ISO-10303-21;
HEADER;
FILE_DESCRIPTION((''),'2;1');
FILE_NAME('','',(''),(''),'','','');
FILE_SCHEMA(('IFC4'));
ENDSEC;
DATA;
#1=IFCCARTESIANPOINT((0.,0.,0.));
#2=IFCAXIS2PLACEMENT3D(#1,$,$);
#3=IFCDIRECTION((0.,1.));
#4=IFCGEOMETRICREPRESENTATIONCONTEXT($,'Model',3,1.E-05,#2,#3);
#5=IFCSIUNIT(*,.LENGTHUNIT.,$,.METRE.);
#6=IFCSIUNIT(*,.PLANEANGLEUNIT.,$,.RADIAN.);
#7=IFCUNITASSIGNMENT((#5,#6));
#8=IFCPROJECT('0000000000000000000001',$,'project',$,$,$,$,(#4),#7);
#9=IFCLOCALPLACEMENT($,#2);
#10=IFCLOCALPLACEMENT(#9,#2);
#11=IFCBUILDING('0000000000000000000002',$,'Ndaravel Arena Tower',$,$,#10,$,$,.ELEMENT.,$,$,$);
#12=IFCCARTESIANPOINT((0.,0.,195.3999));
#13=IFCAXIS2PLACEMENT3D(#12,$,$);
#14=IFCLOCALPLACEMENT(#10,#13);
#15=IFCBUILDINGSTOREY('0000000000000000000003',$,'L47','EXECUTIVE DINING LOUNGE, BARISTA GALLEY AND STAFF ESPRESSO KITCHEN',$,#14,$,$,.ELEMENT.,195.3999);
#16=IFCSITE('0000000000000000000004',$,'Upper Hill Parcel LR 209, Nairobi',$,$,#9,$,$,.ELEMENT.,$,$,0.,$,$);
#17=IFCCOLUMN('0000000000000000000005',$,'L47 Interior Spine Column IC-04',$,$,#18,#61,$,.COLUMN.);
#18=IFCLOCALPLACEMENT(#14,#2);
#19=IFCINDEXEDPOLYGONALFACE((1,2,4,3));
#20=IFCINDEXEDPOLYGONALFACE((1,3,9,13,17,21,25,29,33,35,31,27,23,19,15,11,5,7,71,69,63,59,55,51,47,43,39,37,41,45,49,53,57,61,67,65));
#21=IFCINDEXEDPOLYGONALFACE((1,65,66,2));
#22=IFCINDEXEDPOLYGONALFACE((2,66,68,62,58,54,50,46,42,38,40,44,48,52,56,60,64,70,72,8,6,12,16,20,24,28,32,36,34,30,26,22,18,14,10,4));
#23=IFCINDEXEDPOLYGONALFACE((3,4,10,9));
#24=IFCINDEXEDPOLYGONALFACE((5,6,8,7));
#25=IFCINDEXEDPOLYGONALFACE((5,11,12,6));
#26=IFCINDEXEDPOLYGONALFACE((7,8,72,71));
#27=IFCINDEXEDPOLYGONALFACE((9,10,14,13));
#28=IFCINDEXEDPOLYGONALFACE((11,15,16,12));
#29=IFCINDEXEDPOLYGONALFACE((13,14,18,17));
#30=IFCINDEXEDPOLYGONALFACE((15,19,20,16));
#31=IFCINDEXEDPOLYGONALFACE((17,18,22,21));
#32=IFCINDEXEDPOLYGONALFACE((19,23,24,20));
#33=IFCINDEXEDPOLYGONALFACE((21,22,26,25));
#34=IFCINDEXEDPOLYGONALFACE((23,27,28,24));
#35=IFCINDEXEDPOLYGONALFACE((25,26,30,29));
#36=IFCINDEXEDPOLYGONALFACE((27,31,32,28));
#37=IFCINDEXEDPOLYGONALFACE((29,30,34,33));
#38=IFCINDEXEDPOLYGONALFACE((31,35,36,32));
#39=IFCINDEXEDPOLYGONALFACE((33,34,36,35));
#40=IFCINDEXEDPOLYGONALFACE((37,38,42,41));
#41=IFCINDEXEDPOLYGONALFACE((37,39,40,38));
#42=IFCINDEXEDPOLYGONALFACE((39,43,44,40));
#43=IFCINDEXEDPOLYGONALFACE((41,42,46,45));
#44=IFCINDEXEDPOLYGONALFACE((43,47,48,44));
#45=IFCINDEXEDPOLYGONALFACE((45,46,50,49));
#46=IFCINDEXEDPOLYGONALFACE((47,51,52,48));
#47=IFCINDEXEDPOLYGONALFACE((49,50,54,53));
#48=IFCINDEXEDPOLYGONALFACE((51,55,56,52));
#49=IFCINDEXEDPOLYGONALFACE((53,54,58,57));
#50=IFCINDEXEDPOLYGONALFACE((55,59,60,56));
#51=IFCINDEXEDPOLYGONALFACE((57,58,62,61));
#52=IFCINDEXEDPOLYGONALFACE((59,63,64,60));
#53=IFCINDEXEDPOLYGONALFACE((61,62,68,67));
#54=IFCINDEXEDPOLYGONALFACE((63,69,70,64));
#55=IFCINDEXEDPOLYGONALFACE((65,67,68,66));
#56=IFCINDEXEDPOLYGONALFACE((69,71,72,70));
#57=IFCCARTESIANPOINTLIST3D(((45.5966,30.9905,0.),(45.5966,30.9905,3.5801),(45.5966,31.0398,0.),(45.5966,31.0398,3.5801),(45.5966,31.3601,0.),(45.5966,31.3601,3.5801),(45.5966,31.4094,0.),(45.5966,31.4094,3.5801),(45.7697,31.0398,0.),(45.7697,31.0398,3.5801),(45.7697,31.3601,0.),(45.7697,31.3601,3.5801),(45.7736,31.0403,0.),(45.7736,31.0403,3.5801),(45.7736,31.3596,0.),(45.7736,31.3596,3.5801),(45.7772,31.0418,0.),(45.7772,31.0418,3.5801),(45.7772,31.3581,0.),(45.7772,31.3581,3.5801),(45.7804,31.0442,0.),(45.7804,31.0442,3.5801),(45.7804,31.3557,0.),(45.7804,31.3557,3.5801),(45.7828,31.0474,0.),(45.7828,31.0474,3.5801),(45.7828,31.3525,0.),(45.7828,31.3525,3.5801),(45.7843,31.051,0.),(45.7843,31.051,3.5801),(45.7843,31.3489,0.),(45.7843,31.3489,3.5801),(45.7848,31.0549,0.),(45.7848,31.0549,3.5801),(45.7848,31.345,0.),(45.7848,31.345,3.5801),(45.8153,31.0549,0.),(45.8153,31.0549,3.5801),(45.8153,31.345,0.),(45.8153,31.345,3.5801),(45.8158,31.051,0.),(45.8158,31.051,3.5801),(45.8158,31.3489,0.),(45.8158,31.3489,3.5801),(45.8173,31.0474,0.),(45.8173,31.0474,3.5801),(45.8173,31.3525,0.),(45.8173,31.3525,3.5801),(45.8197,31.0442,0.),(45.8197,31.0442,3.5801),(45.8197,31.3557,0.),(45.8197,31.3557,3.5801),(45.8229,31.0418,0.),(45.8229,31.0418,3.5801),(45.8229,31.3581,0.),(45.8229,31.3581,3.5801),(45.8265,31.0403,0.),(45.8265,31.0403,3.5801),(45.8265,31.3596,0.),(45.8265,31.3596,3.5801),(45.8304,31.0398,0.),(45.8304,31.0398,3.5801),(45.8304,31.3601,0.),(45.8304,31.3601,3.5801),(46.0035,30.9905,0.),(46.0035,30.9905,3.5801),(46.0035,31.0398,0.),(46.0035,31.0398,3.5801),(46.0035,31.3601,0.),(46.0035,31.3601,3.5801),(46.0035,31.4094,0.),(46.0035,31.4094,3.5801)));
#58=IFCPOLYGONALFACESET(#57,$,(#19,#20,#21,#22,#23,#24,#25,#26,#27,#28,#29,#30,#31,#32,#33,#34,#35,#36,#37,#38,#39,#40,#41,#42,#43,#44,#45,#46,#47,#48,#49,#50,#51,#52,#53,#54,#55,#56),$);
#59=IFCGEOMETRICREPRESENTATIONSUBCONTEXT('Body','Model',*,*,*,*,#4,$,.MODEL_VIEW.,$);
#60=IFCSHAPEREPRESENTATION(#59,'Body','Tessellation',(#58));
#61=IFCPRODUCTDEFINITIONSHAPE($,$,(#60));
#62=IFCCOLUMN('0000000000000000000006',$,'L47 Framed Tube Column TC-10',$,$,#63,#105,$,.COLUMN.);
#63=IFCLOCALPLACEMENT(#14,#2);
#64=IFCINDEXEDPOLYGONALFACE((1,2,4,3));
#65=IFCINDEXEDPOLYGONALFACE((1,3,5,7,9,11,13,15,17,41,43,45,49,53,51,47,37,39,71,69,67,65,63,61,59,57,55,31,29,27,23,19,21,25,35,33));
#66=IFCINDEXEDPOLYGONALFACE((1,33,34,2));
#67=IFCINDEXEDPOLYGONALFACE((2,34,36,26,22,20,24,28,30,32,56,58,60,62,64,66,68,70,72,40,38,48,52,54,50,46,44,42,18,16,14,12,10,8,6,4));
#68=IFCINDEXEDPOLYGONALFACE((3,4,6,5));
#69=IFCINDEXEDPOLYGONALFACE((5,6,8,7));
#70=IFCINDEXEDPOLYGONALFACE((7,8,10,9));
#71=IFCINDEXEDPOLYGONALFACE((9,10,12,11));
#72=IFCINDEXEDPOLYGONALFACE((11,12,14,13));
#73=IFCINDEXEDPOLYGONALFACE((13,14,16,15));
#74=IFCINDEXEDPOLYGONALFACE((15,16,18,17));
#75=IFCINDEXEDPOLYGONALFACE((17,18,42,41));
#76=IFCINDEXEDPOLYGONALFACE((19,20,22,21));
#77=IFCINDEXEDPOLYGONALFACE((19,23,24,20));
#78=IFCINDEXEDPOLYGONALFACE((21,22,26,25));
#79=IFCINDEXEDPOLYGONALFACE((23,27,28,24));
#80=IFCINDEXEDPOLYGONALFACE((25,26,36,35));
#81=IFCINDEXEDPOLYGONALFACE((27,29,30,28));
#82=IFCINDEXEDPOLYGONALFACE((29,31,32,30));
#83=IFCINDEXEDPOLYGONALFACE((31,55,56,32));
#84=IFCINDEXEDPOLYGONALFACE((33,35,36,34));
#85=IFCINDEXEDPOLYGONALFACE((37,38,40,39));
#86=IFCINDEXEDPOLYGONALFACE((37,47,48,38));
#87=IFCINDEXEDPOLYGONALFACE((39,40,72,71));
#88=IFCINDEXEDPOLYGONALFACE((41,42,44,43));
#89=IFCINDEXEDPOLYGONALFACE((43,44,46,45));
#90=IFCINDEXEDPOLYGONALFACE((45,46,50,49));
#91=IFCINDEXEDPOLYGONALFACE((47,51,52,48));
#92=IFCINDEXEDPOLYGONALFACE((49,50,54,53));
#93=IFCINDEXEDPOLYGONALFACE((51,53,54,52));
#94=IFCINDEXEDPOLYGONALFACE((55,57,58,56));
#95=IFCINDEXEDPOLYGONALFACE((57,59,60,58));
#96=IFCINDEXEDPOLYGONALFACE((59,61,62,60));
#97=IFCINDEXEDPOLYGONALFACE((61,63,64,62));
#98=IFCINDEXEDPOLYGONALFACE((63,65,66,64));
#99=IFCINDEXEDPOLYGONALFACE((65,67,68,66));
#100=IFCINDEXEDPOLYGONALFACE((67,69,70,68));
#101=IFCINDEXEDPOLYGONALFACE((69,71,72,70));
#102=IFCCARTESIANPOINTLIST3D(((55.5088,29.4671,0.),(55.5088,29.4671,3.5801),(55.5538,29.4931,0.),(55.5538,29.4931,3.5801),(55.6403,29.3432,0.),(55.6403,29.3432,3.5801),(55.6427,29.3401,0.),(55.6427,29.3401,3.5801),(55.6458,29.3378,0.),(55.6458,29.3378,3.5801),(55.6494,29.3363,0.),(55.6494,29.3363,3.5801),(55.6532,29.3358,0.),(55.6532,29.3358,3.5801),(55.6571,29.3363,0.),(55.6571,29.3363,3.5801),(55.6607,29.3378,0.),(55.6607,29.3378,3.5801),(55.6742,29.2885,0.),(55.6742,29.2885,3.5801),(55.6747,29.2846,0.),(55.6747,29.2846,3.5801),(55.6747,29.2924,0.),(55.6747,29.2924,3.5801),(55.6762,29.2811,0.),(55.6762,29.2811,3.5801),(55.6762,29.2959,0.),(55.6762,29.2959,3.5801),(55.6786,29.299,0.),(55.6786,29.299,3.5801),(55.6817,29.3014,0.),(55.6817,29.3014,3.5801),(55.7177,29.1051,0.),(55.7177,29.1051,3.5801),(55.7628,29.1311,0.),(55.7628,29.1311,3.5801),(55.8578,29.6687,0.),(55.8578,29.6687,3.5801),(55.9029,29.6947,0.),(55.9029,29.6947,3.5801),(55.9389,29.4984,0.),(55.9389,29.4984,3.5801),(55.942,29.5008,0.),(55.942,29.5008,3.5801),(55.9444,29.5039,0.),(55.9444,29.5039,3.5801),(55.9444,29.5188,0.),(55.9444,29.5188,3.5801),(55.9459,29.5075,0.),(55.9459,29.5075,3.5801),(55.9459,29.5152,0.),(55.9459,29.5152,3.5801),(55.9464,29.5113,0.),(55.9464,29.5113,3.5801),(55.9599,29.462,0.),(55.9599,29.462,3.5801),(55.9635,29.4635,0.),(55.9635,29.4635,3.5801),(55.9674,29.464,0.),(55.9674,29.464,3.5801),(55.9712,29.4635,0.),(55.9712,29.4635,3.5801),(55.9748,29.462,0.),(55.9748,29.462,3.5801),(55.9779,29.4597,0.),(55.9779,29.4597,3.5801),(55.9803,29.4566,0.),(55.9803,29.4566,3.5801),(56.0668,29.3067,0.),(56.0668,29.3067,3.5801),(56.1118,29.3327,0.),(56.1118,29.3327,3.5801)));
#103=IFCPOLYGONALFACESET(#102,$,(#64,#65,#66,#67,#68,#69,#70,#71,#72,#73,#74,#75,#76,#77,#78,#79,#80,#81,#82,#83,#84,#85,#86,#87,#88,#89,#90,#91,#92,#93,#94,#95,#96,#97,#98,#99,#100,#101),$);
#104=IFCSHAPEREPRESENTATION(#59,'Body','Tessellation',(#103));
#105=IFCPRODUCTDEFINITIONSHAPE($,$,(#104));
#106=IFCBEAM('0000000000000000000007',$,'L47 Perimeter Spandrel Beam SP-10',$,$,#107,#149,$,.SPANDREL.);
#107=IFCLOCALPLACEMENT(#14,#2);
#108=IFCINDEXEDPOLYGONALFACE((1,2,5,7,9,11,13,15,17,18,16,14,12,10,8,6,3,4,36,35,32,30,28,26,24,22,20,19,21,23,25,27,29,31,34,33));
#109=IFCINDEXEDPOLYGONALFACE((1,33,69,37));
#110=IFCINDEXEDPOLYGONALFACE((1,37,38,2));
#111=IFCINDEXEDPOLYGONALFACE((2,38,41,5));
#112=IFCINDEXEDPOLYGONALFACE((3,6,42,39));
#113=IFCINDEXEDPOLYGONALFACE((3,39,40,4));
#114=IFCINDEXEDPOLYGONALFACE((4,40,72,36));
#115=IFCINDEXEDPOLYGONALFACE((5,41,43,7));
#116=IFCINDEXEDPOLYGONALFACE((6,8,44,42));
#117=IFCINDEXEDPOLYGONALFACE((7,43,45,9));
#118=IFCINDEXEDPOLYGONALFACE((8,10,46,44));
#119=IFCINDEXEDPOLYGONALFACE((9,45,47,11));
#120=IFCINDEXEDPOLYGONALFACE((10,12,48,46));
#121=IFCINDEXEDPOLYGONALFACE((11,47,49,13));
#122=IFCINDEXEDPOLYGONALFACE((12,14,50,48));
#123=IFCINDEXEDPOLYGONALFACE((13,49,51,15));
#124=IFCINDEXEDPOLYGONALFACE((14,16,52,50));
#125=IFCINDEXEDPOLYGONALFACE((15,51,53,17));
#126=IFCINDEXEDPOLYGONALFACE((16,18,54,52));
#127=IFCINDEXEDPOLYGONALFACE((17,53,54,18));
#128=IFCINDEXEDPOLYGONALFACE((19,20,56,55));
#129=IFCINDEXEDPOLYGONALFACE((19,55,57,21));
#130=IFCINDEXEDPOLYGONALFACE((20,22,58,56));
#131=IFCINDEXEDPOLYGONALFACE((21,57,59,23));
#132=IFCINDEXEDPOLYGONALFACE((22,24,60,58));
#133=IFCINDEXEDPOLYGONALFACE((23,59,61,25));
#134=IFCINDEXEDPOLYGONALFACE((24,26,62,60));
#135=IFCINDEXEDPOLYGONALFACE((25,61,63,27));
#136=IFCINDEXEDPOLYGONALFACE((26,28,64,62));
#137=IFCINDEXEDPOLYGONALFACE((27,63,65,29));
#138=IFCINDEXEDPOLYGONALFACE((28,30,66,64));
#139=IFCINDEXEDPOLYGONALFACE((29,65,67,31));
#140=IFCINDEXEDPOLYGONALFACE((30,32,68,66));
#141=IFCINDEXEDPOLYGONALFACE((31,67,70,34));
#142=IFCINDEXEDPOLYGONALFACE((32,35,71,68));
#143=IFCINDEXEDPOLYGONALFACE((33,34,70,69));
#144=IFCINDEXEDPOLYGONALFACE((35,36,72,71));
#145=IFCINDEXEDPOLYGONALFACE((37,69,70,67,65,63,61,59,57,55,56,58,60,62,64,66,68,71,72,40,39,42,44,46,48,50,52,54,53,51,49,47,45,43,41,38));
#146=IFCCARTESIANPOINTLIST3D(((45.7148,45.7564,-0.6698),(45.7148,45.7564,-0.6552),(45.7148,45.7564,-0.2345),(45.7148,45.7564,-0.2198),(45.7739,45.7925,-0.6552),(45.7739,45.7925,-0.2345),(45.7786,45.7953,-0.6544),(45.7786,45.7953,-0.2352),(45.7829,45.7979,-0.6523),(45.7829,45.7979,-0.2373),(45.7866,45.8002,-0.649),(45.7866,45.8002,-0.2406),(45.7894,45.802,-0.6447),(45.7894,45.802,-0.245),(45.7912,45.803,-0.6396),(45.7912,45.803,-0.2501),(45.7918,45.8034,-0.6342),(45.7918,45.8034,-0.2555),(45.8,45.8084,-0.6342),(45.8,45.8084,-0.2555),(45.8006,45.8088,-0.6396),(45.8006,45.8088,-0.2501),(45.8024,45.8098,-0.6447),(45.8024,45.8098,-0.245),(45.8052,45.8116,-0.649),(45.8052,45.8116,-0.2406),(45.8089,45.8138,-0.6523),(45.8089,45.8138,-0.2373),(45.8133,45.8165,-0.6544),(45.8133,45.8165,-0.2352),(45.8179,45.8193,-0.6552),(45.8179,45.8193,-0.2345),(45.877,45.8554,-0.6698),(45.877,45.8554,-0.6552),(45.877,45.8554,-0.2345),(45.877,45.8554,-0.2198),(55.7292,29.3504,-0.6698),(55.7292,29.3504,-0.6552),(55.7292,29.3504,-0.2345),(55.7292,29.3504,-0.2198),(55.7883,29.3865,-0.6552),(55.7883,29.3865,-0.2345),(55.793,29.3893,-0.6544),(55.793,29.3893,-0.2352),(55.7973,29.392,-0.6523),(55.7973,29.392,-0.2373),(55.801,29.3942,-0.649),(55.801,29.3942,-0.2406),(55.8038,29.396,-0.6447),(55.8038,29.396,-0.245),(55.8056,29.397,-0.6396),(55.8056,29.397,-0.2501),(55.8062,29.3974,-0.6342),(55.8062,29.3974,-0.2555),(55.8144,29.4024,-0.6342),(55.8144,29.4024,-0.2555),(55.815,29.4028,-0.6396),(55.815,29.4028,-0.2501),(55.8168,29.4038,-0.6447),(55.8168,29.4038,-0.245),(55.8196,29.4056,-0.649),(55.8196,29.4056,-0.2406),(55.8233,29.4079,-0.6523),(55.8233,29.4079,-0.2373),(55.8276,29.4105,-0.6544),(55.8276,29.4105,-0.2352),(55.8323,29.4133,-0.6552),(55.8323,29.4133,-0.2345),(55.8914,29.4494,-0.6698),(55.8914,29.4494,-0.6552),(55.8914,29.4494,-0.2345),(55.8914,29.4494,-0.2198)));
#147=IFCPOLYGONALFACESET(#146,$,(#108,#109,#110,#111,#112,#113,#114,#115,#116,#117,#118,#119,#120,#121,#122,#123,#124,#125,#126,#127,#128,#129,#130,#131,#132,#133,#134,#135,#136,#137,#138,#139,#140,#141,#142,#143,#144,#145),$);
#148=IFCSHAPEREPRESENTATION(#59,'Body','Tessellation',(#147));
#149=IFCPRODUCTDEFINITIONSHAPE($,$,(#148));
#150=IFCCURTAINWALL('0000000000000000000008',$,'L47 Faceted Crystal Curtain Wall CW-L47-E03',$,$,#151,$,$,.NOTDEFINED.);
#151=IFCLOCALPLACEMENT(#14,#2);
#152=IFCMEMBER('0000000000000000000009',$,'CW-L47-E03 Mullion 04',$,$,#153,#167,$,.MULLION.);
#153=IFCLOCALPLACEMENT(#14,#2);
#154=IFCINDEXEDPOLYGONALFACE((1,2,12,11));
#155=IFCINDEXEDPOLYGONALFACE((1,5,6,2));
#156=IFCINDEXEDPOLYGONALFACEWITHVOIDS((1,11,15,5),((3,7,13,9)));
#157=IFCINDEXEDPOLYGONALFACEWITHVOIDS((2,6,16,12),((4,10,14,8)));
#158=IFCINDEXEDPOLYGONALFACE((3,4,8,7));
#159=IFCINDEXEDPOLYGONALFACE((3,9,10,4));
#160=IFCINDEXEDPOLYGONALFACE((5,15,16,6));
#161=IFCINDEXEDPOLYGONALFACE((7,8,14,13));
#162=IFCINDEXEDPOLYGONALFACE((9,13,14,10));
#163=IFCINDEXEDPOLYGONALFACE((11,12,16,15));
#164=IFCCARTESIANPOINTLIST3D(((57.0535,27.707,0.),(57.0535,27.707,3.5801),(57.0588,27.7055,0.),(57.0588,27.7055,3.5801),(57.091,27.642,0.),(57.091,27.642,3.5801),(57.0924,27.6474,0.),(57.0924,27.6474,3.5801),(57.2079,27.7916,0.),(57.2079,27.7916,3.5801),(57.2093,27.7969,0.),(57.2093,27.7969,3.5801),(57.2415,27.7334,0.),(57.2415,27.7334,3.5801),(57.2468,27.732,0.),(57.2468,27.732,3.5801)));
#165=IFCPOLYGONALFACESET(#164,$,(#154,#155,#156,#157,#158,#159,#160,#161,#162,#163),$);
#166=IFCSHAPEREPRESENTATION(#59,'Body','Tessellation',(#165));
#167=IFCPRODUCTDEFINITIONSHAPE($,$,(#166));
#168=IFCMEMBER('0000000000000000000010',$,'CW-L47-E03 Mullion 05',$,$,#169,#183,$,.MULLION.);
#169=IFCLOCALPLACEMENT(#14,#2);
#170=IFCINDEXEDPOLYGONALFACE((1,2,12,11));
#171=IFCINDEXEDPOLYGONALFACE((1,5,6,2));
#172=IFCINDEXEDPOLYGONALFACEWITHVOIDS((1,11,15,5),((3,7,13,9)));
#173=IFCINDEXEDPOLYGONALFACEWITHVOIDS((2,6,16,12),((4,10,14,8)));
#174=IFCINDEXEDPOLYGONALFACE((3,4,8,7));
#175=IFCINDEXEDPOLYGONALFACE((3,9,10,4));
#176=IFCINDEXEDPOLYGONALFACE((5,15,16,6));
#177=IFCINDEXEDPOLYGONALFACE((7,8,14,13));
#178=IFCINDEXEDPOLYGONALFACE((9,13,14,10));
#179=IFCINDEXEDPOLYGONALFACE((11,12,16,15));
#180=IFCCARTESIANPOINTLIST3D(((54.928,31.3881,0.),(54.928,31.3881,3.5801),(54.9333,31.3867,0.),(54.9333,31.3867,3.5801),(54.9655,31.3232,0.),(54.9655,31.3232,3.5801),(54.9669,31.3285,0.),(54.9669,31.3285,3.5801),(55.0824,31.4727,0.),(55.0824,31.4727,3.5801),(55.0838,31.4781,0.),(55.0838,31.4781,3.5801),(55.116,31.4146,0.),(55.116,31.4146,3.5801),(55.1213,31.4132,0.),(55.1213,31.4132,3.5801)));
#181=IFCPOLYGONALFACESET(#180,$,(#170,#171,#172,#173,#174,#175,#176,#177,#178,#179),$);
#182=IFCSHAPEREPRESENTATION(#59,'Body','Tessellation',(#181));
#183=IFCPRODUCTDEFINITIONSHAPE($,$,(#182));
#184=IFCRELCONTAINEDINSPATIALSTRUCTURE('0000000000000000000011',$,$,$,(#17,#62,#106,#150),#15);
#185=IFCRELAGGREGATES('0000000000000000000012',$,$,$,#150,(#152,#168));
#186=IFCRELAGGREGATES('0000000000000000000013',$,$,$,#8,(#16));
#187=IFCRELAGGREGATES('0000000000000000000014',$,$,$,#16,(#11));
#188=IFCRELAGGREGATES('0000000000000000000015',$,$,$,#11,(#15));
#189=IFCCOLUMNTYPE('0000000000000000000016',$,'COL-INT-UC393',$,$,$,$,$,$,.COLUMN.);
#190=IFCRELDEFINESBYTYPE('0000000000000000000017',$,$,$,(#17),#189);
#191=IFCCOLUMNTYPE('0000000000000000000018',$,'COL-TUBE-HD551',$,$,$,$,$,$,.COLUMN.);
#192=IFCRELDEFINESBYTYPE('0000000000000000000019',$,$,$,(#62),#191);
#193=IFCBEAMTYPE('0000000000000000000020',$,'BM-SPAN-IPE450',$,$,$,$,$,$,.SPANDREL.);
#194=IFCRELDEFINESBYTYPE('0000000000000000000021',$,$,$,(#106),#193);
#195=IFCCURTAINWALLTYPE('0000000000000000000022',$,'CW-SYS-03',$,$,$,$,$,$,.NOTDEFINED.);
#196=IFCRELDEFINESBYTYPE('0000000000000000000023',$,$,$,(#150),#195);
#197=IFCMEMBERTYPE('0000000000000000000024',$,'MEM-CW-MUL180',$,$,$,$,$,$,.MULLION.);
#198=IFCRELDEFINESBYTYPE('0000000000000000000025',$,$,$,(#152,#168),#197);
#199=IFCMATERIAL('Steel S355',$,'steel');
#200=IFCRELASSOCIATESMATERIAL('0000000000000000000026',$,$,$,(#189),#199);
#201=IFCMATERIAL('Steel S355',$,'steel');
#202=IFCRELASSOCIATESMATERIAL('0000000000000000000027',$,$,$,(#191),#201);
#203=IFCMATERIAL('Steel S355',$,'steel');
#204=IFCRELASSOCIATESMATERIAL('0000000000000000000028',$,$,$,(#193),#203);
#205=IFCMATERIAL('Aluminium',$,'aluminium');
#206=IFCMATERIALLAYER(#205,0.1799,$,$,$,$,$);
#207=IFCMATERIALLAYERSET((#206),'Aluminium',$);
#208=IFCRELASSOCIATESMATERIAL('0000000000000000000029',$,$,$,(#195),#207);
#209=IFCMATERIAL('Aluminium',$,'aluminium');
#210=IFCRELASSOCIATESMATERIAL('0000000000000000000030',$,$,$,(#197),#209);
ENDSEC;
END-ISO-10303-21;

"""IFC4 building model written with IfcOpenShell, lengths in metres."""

from ifc_helpers import new_model, si_unit, direction, frame, origin, origin_2d, place, context, subcontext, project, spatial, hollow_rectangle, i_section, extrude, material, layer, layer_set, material_profile, profile_set, type_object, element, aggregate, save


model = new_model("IFC4")

# Units and contexts
model_context = context("Model", 3, precision=1e-05, world=origin(), true_north=direction((0.0, 1.0)))
body_context = subcontext(model_context, "Body", "Model", "MODEL_VIEW")
ifc_project = project(units=[si_unit("LENGTHUNIT", "METRE"), si_unit("PLANEANGLEUNIT", "RADIAN")], contexts=[model_context])

# Site, building, storey
site_placement = place(None, origin())
site = spatial("IfcSite", under=ifc_project, at=site_placement, Name="Upper Hill Parcel LR 209, Nairobi", CompositionType="ELEMENT", RefElevation=0.0)
building_placement = place(site_placement, origin())
building = spatial("IfcBuilding", under=site, at=building_placement, Name="Ndaravel Arena Tower", CompositionType="ELEMENT")
storey_placement = place(building_placement, frame((0.0, 0.0, 195.3999)))
storey = spatial("IfcBuildingStorey", under=building, at=storey_placement, Name="L47", Description="EXECUTIVE DINING LOUNGE, BARISTA GALLEY AND STAFF ESPRESSO KITCHEN", CompositionType="ELEMENT", Elevation=195.3999)

# Columns
ifc_material_1 = material(Name="Steel S355", Category="steel")
ifc_material_profile_1 = material_profile(ifc_material_1, i_section(OverallWidth=0.407, OverallDepth=0.4189, WebThickness=0.0305, FlangeThickness=0.0493, FilletRadius=0.0151, at=origin_2d()), Name="UC 356x406x393")
ifc_profile_set_1 = profile_set([ifc_material_profile_1], Name="Steel S355")
column_type_1 = type_object("IfcColumnType", Name="COL-INT-UC393", PredefinedType="COLUMN", material=ifc_profile_set_1)
column_1_placement = place(storey_placement, frame((45.8, 31.2, 0.0), z_axis=(0.0, 0.0, 1.0), x_axis=(1.0, 0.0, 0.0)))
element("IfcColumn", 1, at=column_1_placement, inside=storey, type_object=column_type_1, Name="L47 Interior Spine Column IC-04", PredefinedType="COLUMN", context=body_context, shape_type="SweptSolid", body=[
    extrude(i_section(OverallWidth=0.407, OverallDepth=0.4189, WebThickness=0.0305, FlangeThickness=0.0493, FilletRadius=0.0151, at=origin_2d()), origin(), (0.0, 0.0, 1.0), 3.5801),
])
ifc_material_2 = material(Name="Steel S355", Category="steel")
ifc_material_profile_2 = material_profile(ifc_material_2, i_section(OverallWidth=0.418, OverallDepth=0.4551, WebThickness=0.042, FlangeThickness=0.052, FilletRadius=0.0149, at=origin_2d()), Name="HD 400x551")
ifc_profile_set_2 = profile_set([ifc_material_profile_2], Name="Steel S355")
column_type_2 = type_object("IfcColumnType", Name="COL-TUBE-HD551", PredefinedType="COLUMN", material=ifc_profile_set_2)
column_2_placement = place(storey_placement, frame((55.8103, 29.3999, 0.0), z_axis=(0.0, 0.0, 1.0), x_axis=(-0.5, 0.866025, 0.0)))
element("IfcColumn", 2, at=column_2_placement, inside=storey, type_object=column_type_2, Name="L47 Framed Tube Column TC-10", PredefinedType="COLUMN", context=body_context, shape_type="SweptSolid", body=[
    extrude(i_section(OverallWidth=0.418, OverallDepth=0.4551, WebThickness=0.042, FlangeThickness=0.052, FilletRadius=0.0149, at=origin_2d()), origin(), (0.0, 0.0, 1.0), 3.5801),
])

# Beam
ifc_material_3 = material(Name="Steel S355", Category="steel")
ifc_material_profile_3 = material_profile(ifc_material_3, i_section(OverallWidth=0.1899, OverallDepth=0.45, WebThickness=0.0095, FlangeThickness=0.0146, FilletRadius=0.021, at=origin_2d()), Name="IPE 450")
ifc_profile_set_3 = profile_set([ifc_material_profile_3], Name="Steel S355")
beam_type = type_object("IfcBeamType", Name="BM-SPAN-IPE450", PredefinedType="SPANDREL", material=ifc_profile_set_3)
beam_placement = place(storey_placement, frame((55.8103, 29.3999, -0.4448), z_axis=(-0.521015, 0.853548, 0.0), x_axis=(-0.853548, -0.521015, 0.0)))
element("IfcBeam", 3, at=beam_placement, inside=storey, type_object=beam_type, Name="L47 Perimeter Spandrel Beam SP-10", PredefinedType="SPANDREL", context=body_context, shape_type="SweptSolid", body=[
    extrude(i_section(OverallWidth=0.1899, OverallDepth=0.45, WebThickness=0.0095, FlangeThickness=0.0146, FilletRadius=0.021, at=origin_2d()), origin(), (0.0, 0.0, 1.0), 19.2209),
])

# Curtain wall, members
ifc_material_4 = material(Name="Aluminium", Category="aluminium")
ifc_layer_1 = layer(ifc_material_4, 0.1799)
ifc_layer_set_1 = layer_set([ifc_layer_1], Name="Aluminium")
curtain_wall_type = type_object("IfcCurtainWallType", Name="CW-SYS-03", PredefinedType="NOTDEFINED", material=ifc_layer_set_1)
curtain_wall_placement = place(storey_placement, origin())
curtain_wall = element("IfcCurtainWall", 4, at=curtain_wall_placement, inside=storey, type_object=curtain_wall_type, Name="L47 Faceted Crystal Curtain Wall CW-L47-E03", PredefinedType="NOTDEFINED")
ifc_material_5 = material(Name="Aluminium", Category="aluminium")
ifc_material_profile_4 = material_profile(ifc_material_5, hollow_rectangle(XDim=0.075, YDim=0.1799, WallThickness=0.0039, at=origin_2d()), Name="CW MULLION 75x180x4")
ifc_profile_set_4 = profile_set([ifc_material_profile_4], Name="Aluminium")
member_type = type_object("IfcMemberType", Name="MEM-CW-MUL180", PredefinedType="MULLION", material=ifc_profile_set_4)
member_1_placement = place(storey_placement, frame((57.1501, 27.7195, 0.0), z_axis=(0.0, 0.0, 1.0), x_axis=(-0.5, 0.866025, 0.0)))
member_1 = element("IfcMember", 5, at=member_1_placement, type_object=member_type, Name="CW-L47-E03 Mullion 04", PredefinedType="MULLION", context=body_context, shape_type="SweptSolid", body=[
    extrude(hollow_rectangle(XDim=0.075, YDim=0.1799, WallThickness=0.0039, at=origin_2d()), origin(), (0.0, 0.0, 1.0), 3.5801),
])
member_2_placement = place(storey_placement, frame((55.0247, 31.4006, 0.0), z_axis=(0.0, 0.0, 1.0), x_axis=(-0.5, 0.866025, 0.0)))
member_2 = element("IfcMember", 6, at=member_2_placement, type_object=member_type, Name="CW-L47-E03 Mullion 05", PredefinedType="MULLION", context=body_context, shape_type="SweptSolid", body=[
    extrude(hollow_rectangle(XDim=0.075, YDim=0.1799, WallThickness=0.0039, at=origin_2d()), origin(), (0.0, 0.0, 1.0), 3.5801),
])
aggregate(curtain_wall, [member_1, member_2])

save(model, "model.ifc")
